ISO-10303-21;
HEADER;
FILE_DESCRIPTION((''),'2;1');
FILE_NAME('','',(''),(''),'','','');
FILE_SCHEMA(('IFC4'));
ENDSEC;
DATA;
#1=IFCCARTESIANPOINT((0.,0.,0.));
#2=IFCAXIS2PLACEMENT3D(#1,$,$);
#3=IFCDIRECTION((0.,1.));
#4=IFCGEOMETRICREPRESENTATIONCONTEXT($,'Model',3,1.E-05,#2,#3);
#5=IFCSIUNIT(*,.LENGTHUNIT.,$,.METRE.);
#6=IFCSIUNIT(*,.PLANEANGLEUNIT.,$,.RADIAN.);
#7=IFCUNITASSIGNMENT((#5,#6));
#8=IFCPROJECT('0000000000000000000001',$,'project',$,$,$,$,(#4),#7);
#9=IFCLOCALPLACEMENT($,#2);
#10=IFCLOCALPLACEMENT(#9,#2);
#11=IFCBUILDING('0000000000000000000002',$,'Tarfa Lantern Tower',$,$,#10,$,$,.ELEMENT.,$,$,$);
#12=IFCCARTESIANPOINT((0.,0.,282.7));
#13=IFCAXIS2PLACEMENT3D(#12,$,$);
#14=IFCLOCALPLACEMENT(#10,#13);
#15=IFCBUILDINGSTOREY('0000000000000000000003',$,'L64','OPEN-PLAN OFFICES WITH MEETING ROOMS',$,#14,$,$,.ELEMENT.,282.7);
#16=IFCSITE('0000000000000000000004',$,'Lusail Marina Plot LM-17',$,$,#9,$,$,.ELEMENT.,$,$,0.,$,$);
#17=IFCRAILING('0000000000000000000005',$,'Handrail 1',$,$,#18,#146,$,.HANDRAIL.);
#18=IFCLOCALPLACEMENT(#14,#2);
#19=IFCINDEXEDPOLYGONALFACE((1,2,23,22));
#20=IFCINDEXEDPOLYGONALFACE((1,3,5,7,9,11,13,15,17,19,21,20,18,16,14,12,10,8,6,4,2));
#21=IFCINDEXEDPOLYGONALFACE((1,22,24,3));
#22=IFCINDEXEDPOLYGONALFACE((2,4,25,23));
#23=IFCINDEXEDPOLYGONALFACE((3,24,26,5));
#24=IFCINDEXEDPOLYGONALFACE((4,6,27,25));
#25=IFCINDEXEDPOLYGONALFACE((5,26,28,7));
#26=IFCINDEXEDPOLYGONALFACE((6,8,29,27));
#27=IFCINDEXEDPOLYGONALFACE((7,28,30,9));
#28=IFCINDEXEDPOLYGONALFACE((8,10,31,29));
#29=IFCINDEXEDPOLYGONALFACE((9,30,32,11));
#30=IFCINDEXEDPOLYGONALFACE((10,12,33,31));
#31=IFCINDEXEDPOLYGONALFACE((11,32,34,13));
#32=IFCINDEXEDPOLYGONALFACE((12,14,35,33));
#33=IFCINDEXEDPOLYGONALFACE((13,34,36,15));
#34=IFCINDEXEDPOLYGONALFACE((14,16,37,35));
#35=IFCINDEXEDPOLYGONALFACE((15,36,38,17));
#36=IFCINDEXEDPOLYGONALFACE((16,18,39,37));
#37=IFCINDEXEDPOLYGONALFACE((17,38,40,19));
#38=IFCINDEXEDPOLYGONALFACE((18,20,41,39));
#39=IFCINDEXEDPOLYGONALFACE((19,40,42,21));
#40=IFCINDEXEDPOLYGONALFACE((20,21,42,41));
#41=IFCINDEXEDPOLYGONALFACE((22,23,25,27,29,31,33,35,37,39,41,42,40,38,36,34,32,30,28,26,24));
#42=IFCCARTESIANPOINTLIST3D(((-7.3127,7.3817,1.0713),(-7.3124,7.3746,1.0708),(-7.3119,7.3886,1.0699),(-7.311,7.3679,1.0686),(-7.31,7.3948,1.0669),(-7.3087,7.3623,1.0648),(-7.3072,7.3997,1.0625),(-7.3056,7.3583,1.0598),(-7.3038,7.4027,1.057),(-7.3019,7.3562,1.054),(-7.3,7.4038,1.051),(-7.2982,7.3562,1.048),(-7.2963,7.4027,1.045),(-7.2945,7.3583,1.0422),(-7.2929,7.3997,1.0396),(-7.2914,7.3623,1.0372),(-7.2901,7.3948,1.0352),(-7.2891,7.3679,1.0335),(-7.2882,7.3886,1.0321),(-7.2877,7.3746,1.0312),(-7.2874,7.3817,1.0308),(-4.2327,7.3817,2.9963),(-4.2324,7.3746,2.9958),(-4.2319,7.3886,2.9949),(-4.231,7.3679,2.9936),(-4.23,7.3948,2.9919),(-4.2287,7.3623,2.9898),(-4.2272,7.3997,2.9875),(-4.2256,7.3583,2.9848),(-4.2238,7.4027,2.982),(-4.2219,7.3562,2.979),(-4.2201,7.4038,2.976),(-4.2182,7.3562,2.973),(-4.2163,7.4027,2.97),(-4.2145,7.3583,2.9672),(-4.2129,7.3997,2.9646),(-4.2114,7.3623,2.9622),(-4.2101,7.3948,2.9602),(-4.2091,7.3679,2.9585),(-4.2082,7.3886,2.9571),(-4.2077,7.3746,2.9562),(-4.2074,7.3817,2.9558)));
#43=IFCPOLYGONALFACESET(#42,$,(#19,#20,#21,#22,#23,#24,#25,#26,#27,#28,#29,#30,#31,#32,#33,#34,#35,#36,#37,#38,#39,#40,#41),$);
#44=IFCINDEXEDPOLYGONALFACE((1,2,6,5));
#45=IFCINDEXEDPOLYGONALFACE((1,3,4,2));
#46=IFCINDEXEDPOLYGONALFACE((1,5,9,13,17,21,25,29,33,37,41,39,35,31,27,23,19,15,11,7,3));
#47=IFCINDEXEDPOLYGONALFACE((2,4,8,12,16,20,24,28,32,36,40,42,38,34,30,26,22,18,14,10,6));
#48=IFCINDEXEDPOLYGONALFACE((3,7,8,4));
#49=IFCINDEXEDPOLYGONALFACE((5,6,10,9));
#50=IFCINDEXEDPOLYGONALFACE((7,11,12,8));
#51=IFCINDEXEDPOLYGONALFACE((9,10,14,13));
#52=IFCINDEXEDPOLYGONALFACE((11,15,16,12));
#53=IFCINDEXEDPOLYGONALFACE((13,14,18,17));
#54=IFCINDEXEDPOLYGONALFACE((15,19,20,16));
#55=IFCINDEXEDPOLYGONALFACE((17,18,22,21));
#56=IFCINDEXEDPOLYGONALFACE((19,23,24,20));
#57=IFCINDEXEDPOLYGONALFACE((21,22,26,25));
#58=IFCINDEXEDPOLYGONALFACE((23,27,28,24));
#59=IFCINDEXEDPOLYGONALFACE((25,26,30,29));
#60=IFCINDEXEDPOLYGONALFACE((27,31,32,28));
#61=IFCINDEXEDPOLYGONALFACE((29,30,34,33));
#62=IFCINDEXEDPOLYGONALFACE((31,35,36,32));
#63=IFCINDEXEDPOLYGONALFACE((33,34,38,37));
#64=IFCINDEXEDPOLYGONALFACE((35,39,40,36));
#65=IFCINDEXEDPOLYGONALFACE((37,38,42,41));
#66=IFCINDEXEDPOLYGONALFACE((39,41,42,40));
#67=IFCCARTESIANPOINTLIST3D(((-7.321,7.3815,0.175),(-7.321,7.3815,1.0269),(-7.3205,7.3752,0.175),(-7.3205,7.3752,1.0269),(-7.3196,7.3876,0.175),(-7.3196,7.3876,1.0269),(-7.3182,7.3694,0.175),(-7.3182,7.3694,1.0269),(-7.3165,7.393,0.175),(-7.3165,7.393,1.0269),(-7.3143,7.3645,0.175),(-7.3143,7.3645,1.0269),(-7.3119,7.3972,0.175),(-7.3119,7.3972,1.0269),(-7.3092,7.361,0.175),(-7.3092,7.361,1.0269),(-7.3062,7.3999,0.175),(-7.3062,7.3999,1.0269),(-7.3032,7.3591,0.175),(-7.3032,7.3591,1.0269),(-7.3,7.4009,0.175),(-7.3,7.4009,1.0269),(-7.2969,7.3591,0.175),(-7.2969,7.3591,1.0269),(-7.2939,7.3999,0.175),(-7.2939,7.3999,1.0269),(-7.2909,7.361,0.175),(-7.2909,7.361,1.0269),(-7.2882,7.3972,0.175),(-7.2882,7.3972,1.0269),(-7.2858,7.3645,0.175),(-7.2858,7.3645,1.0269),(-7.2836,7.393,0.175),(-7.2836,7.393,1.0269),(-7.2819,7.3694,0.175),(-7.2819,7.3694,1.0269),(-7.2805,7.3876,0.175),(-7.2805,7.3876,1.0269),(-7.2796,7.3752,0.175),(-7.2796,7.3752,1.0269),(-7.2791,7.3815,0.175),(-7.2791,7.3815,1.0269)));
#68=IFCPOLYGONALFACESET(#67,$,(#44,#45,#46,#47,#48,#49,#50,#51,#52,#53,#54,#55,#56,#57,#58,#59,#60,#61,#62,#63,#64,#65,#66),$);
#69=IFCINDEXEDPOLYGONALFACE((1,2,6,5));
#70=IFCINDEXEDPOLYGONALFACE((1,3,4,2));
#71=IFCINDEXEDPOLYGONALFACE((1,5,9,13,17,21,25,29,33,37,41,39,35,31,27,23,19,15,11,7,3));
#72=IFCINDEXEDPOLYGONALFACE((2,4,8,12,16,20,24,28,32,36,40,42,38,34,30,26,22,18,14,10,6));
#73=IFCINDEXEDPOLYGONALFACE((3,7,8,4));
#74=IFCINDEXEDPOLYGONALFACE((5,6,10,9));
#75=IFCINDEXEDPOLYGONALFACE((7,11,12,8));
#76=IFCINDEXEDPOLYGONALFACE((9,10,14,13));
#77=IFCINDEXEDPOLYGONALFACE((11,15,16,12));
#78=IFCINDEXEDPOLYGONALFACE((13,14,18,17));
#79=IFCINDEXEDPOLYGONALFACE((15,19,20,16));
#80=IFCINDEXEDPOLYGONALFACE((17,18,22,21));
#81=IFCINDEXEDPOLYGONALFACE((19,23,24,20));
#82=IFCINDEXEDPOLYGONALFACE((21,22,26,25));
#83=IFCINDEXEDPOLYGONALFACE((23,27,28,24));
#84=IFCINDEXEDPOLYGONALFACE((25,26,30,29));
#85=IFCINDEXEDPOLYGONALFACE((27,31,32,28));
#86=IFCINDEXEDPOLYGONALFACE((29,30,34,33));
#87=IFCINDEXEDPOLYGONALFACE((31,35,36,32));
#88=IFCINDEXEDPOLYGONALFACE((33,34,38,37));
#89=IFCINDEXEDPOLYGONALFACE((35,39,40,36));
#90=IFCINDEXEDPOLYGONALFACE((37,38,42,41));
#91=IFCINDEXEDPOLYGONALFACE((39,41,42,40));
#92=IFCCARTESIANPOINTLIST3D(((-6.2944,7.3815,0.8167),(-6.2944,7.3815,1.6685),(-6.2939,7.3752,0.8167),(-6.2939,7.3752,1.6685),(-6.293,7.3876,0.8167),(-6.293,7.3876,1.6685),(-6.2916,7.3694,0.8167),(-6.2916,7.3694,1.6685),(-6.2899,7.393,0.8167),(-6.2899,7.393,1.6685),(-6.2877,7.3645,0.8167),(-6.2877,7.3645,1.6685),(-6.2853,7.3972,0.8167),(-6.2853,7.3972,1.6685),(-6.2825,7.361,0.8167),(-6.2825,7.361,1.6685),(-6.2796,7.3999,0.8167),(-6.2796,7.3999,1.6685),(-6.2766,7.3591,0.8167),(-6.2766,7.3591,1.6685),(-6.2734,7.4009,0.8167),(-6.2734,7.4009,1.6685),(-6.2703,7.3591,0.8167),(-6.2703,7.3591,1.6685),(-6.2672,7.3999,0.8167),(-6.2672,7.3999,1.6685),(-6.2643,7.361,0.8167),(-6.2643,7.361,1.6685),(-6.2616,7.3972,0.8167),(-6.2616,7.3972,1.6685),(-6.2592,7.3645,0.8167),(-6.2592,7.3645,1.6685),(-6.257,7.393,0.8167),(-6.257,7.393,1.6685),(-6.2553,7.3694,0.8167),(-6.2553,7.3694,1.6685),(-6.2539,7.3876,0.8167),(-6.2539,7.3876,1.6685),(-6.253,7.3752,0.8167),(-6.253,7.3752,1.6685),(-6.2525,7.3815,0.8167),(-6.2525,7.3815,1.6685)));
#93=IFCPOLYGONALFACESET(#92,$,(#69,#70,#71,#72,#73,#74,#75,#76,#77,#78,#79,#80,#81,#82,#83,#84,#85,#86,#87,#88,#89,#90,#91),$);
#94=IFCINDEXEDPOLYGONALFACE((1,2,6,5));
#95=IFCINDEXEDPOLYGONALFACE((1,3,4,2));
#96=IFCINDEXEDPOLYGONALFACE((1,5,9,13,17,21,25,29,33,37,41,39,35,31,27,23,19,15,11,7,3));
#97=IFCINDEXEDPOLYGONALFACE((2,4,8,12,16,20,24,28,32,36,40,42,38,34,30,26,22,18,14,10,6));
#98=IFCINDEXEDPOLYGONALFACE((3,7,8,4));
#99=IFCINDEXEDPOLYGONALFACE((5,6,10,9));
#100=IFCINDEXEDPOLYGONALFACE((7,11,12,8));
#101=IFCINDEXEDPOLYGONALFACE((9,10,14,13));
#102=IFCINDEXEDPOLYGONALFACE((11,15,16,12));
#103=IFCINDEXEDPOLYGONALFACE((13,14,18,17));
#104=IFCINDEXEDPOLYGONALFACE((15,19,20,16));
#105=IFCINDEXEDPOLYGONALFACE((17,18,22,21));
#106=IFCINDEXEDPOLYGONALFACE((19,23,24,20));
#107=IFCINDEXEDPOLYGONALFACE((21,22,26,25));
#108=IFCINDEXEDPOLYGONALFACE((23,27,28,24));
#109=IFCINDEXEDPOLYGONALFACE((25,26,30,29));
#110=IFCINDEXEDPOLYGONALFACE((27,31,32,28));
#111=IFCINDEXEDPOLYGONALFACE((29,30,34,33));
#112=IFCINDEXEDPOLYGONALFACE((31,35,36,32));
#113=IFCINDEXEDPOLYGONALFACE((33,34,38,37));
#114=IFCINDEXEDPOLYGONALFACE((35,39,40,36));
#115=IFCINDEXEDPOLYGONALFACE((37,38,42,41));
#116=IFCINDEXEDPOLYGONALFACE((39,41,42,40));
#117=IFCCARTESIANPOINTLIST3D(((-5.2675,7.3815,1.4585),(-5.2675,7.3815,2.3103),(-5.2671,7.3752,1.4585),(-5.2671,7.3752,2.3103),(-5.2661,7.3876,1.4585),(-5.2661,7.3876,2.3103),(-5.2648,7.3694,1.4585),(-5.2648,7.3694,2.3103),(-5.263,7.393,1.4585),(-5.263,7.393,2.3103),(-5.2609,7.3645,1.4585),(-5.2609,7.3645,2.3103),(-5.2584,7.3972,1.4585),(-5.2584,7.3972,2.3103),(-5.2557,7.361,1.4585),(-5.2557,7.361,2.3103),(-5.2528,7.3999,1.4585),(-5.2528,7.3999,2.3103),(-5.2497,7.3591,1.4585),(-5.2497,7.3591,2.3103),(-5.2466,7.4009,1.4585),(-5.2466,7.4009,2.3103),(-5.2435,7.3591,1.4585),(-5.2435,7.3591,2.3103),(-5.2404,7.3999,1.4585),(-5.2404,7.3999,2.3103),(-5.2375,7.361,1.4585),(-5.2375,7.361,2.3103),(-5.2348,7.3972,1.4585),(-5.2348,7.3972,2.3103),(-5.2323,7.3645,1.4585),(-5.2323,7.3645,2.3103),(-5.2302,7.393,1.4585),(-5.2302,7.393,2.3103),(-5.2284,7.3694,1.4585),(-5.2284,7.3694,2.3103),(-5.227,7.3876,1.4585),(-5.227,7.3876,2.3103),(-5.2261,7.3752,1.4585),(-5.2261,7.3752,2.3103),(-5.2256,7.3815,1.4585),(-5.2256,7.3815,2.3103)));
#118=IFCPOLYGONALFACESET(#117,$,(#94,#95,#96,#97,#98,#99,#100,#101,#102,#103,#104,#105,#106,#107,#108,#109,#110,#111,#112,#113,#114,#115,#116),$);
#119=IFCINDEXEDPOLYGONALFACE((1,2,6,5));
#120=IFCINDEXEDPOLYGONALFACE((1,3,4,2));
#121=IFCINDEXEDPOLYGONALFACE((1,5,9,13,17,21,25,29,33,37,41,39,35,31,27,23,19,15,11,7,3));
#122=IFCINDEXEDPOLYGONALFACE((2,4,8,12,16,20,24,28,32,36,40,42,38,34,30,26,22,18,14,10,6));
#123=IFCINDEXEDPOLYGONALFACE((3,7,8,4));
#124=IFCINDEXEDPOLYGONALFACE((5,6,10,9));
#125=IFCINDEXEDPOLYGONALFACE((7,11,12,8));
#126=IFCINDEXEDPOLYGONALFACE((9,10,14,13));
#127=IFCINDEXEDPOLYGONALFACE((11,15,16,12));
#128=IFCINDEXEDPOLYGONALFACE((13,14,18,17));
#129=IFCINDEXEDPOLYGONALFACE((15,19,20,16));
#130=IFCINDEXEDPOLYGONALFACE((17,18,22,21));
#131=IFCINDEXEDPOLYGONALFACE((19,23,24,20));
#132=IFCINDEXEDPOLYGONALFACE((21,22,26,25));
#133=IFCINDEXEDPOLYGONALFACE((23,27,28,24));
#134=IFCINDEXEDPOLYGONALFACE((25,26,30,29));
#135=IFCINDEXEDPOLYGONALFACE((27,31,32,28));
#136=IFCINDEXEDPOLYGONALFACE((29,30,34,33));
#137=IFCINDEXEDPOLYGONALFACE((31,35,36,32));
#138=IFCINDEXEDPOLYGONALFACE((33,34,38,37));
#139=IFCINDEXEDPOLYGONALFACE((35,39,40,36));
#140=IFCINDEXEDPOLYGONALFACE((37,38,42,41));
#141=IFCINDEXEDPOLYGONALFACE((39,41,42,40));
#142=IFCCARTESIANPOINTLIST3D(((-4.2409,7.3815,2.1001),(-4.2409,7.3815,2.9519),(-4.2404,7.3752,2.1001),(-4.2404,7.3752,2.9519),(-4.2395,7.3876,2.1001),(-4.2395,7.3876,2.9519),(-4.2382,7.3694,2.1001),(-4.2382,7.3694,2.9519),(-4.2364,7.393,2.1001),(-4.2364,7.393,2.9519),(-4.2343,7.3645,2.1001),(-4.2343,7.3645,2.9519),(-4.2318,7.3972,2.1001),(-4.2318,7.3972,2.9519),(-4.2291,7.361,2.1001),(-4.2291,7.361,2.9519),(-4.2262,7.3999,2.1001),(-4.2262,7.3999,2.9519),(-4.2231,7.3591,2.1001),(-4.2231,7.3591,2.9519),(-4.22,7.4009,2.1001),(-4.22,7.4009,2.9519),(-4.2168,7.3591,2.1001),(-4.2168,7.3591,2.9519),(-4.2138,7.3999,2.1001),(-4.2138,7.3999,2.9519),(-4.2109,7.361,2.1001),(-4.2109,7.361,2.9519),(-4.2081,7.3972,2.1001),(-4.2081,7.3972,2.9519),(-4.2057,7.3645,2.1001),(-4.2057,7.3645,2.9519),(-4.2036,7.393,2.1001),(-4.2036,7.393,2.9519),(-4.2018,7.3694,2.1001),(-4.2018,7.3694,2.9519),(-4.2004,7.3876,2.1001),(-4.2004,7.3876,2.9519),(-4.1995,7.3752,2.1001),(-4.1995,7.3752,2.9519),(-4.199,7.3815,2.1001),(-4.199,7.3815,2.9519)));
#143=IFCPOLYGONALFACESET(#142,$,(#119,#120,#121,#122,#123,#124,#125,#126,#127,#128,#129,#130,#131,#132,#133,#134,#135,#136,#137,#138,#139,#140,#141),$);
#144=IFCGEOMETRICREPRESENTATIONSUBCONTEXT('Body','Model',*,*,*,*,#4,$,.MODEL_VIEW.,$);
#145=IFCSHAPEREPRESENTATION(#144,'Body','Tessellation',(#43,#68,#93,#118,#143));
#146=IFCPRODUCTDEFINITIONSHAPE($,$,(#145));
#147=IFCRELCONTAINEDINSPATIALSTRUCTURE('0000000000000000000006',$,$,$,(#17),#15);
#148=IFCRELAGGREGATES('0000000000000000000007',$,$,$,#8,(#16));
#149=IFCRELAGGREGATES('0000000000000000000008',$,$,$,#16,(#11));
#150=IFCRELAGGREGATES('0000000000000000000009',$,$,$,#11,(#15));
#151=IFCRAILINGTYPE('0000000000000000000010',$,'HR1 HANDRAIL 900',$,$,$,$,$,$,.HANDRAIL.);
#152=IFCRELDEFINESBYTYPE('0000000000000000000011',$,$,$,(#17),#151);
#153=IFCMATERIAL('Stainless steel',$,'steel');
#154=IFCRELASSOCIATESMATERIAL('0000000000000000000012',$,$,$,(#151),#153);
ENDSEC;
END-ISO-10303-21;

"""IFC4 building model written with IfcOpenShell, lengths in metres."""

from ifc_helpers import new_model, si_unit, direction, frame, origin, origin_2d, place, context, subcontext, project, spatial, circle, extrude, material, type_object, element, save


model = new_model("IFC4")

# Units and contexts
model_context = context("Model", 3, precision=1e-05, world=origin(), true_north=direction((0.0, 1.0)))
body_context = subcontext(model_context, "Body", "Model", "MODEL_VIEW")
ifc_project = project(units=[si_unit("LENGTHUNIT", "METRE"), si_unit("PLANEANGLEUNIT", "RADIAN")], contexts=[model_context])

# Site, building, storey
site_placement = place(None, origin())
site = spatial("IfcSite", under=ifc_project, at=site_placement, Name="Lusail Marina Plot LM-17", CompositionType="ELEMENT", RefElevation=0.0)
building_placement = place(site_placement, origin())
building = spatial("IfcBuilding", under=site, at=building_placement, Name="Tarfa Lantern Tower", CompositionType="ELEMENT")
storey_placement = place(building_placement, frame((0.0, 0.0, 282.7)))
storey = spatial("IfcBuildingStorey", under=building, at=storey_placement, Name="L64", Description="OPEN-PLAN OFFICES WITH MEETING ROOMS", CompositionType="ELEMENT", Elevation=282.7)

# Railing
ifc_material_1 = material(Name="Stainless steel", Category="steel")
railing_type = type_object("IfcRailingType", Name="HR1 HANDRAIL 900", PredefinedType="HANDRAIL", material=ifc_material_1)
railing_1_placement = place(storey_placement, frame((-7.3, 7.3799, 0.175)))
element("IfcRailing", 1, at=railing_1_placement, inside=storey, type_object=railing_type, Name="Handrail 1", PredefinedType="HANDRAIL", context=body_context, shape_type="SweptSolid", body=[
    extrude(circle(Radius=0.0239, at=origin_2d()), frame((0.0, 0.0, 0.876), z_axis=(0.847998, 0.0, 0.529999), x_axis=(0.0, 1.0, 0.0)), (0.0, 0.0, 1.0), 3.6321),
    extrude(circle(Radius=0.021, at=origin_2d()), frame((0.0, 0.0, 0.0), z_axis=(0.0, 0.0, 1.0), x_axis=(0.0, 1.0, 0.0)), (0.0, 0.0, 1.0), 0.8518),
    extrude(circle(Radius=0.021, at=origin_2d()), frame((1.0266, 0.0, 0.6416), z_axis=(0.0, 0.0, 1.0), x_axis=(0.0, 1.0, 0.0)), (0.0, 0.0, 1.0), 0.8518),
    extrude(circle(Radius=0.021, at=origin_2d()), frame((2.0535, 0.0, 1.2834), z_axis=(0.0, 0.0, 1.0), x_axis=(0.0, 1.0, 0.0)), (0.0, 0.0, 1.0), 0.8518),
    extrude(circle(Radius=0.021, at=origin_2d()), frame((3.0801, 0.0, 1.925), z_axis=(0.0, 0.0, 1.0), x_axis=(0.0, 1.0, 0.0)), (0.0, 0.0, 1.0), 0.8518),
])

save(model, "model.ifc")
